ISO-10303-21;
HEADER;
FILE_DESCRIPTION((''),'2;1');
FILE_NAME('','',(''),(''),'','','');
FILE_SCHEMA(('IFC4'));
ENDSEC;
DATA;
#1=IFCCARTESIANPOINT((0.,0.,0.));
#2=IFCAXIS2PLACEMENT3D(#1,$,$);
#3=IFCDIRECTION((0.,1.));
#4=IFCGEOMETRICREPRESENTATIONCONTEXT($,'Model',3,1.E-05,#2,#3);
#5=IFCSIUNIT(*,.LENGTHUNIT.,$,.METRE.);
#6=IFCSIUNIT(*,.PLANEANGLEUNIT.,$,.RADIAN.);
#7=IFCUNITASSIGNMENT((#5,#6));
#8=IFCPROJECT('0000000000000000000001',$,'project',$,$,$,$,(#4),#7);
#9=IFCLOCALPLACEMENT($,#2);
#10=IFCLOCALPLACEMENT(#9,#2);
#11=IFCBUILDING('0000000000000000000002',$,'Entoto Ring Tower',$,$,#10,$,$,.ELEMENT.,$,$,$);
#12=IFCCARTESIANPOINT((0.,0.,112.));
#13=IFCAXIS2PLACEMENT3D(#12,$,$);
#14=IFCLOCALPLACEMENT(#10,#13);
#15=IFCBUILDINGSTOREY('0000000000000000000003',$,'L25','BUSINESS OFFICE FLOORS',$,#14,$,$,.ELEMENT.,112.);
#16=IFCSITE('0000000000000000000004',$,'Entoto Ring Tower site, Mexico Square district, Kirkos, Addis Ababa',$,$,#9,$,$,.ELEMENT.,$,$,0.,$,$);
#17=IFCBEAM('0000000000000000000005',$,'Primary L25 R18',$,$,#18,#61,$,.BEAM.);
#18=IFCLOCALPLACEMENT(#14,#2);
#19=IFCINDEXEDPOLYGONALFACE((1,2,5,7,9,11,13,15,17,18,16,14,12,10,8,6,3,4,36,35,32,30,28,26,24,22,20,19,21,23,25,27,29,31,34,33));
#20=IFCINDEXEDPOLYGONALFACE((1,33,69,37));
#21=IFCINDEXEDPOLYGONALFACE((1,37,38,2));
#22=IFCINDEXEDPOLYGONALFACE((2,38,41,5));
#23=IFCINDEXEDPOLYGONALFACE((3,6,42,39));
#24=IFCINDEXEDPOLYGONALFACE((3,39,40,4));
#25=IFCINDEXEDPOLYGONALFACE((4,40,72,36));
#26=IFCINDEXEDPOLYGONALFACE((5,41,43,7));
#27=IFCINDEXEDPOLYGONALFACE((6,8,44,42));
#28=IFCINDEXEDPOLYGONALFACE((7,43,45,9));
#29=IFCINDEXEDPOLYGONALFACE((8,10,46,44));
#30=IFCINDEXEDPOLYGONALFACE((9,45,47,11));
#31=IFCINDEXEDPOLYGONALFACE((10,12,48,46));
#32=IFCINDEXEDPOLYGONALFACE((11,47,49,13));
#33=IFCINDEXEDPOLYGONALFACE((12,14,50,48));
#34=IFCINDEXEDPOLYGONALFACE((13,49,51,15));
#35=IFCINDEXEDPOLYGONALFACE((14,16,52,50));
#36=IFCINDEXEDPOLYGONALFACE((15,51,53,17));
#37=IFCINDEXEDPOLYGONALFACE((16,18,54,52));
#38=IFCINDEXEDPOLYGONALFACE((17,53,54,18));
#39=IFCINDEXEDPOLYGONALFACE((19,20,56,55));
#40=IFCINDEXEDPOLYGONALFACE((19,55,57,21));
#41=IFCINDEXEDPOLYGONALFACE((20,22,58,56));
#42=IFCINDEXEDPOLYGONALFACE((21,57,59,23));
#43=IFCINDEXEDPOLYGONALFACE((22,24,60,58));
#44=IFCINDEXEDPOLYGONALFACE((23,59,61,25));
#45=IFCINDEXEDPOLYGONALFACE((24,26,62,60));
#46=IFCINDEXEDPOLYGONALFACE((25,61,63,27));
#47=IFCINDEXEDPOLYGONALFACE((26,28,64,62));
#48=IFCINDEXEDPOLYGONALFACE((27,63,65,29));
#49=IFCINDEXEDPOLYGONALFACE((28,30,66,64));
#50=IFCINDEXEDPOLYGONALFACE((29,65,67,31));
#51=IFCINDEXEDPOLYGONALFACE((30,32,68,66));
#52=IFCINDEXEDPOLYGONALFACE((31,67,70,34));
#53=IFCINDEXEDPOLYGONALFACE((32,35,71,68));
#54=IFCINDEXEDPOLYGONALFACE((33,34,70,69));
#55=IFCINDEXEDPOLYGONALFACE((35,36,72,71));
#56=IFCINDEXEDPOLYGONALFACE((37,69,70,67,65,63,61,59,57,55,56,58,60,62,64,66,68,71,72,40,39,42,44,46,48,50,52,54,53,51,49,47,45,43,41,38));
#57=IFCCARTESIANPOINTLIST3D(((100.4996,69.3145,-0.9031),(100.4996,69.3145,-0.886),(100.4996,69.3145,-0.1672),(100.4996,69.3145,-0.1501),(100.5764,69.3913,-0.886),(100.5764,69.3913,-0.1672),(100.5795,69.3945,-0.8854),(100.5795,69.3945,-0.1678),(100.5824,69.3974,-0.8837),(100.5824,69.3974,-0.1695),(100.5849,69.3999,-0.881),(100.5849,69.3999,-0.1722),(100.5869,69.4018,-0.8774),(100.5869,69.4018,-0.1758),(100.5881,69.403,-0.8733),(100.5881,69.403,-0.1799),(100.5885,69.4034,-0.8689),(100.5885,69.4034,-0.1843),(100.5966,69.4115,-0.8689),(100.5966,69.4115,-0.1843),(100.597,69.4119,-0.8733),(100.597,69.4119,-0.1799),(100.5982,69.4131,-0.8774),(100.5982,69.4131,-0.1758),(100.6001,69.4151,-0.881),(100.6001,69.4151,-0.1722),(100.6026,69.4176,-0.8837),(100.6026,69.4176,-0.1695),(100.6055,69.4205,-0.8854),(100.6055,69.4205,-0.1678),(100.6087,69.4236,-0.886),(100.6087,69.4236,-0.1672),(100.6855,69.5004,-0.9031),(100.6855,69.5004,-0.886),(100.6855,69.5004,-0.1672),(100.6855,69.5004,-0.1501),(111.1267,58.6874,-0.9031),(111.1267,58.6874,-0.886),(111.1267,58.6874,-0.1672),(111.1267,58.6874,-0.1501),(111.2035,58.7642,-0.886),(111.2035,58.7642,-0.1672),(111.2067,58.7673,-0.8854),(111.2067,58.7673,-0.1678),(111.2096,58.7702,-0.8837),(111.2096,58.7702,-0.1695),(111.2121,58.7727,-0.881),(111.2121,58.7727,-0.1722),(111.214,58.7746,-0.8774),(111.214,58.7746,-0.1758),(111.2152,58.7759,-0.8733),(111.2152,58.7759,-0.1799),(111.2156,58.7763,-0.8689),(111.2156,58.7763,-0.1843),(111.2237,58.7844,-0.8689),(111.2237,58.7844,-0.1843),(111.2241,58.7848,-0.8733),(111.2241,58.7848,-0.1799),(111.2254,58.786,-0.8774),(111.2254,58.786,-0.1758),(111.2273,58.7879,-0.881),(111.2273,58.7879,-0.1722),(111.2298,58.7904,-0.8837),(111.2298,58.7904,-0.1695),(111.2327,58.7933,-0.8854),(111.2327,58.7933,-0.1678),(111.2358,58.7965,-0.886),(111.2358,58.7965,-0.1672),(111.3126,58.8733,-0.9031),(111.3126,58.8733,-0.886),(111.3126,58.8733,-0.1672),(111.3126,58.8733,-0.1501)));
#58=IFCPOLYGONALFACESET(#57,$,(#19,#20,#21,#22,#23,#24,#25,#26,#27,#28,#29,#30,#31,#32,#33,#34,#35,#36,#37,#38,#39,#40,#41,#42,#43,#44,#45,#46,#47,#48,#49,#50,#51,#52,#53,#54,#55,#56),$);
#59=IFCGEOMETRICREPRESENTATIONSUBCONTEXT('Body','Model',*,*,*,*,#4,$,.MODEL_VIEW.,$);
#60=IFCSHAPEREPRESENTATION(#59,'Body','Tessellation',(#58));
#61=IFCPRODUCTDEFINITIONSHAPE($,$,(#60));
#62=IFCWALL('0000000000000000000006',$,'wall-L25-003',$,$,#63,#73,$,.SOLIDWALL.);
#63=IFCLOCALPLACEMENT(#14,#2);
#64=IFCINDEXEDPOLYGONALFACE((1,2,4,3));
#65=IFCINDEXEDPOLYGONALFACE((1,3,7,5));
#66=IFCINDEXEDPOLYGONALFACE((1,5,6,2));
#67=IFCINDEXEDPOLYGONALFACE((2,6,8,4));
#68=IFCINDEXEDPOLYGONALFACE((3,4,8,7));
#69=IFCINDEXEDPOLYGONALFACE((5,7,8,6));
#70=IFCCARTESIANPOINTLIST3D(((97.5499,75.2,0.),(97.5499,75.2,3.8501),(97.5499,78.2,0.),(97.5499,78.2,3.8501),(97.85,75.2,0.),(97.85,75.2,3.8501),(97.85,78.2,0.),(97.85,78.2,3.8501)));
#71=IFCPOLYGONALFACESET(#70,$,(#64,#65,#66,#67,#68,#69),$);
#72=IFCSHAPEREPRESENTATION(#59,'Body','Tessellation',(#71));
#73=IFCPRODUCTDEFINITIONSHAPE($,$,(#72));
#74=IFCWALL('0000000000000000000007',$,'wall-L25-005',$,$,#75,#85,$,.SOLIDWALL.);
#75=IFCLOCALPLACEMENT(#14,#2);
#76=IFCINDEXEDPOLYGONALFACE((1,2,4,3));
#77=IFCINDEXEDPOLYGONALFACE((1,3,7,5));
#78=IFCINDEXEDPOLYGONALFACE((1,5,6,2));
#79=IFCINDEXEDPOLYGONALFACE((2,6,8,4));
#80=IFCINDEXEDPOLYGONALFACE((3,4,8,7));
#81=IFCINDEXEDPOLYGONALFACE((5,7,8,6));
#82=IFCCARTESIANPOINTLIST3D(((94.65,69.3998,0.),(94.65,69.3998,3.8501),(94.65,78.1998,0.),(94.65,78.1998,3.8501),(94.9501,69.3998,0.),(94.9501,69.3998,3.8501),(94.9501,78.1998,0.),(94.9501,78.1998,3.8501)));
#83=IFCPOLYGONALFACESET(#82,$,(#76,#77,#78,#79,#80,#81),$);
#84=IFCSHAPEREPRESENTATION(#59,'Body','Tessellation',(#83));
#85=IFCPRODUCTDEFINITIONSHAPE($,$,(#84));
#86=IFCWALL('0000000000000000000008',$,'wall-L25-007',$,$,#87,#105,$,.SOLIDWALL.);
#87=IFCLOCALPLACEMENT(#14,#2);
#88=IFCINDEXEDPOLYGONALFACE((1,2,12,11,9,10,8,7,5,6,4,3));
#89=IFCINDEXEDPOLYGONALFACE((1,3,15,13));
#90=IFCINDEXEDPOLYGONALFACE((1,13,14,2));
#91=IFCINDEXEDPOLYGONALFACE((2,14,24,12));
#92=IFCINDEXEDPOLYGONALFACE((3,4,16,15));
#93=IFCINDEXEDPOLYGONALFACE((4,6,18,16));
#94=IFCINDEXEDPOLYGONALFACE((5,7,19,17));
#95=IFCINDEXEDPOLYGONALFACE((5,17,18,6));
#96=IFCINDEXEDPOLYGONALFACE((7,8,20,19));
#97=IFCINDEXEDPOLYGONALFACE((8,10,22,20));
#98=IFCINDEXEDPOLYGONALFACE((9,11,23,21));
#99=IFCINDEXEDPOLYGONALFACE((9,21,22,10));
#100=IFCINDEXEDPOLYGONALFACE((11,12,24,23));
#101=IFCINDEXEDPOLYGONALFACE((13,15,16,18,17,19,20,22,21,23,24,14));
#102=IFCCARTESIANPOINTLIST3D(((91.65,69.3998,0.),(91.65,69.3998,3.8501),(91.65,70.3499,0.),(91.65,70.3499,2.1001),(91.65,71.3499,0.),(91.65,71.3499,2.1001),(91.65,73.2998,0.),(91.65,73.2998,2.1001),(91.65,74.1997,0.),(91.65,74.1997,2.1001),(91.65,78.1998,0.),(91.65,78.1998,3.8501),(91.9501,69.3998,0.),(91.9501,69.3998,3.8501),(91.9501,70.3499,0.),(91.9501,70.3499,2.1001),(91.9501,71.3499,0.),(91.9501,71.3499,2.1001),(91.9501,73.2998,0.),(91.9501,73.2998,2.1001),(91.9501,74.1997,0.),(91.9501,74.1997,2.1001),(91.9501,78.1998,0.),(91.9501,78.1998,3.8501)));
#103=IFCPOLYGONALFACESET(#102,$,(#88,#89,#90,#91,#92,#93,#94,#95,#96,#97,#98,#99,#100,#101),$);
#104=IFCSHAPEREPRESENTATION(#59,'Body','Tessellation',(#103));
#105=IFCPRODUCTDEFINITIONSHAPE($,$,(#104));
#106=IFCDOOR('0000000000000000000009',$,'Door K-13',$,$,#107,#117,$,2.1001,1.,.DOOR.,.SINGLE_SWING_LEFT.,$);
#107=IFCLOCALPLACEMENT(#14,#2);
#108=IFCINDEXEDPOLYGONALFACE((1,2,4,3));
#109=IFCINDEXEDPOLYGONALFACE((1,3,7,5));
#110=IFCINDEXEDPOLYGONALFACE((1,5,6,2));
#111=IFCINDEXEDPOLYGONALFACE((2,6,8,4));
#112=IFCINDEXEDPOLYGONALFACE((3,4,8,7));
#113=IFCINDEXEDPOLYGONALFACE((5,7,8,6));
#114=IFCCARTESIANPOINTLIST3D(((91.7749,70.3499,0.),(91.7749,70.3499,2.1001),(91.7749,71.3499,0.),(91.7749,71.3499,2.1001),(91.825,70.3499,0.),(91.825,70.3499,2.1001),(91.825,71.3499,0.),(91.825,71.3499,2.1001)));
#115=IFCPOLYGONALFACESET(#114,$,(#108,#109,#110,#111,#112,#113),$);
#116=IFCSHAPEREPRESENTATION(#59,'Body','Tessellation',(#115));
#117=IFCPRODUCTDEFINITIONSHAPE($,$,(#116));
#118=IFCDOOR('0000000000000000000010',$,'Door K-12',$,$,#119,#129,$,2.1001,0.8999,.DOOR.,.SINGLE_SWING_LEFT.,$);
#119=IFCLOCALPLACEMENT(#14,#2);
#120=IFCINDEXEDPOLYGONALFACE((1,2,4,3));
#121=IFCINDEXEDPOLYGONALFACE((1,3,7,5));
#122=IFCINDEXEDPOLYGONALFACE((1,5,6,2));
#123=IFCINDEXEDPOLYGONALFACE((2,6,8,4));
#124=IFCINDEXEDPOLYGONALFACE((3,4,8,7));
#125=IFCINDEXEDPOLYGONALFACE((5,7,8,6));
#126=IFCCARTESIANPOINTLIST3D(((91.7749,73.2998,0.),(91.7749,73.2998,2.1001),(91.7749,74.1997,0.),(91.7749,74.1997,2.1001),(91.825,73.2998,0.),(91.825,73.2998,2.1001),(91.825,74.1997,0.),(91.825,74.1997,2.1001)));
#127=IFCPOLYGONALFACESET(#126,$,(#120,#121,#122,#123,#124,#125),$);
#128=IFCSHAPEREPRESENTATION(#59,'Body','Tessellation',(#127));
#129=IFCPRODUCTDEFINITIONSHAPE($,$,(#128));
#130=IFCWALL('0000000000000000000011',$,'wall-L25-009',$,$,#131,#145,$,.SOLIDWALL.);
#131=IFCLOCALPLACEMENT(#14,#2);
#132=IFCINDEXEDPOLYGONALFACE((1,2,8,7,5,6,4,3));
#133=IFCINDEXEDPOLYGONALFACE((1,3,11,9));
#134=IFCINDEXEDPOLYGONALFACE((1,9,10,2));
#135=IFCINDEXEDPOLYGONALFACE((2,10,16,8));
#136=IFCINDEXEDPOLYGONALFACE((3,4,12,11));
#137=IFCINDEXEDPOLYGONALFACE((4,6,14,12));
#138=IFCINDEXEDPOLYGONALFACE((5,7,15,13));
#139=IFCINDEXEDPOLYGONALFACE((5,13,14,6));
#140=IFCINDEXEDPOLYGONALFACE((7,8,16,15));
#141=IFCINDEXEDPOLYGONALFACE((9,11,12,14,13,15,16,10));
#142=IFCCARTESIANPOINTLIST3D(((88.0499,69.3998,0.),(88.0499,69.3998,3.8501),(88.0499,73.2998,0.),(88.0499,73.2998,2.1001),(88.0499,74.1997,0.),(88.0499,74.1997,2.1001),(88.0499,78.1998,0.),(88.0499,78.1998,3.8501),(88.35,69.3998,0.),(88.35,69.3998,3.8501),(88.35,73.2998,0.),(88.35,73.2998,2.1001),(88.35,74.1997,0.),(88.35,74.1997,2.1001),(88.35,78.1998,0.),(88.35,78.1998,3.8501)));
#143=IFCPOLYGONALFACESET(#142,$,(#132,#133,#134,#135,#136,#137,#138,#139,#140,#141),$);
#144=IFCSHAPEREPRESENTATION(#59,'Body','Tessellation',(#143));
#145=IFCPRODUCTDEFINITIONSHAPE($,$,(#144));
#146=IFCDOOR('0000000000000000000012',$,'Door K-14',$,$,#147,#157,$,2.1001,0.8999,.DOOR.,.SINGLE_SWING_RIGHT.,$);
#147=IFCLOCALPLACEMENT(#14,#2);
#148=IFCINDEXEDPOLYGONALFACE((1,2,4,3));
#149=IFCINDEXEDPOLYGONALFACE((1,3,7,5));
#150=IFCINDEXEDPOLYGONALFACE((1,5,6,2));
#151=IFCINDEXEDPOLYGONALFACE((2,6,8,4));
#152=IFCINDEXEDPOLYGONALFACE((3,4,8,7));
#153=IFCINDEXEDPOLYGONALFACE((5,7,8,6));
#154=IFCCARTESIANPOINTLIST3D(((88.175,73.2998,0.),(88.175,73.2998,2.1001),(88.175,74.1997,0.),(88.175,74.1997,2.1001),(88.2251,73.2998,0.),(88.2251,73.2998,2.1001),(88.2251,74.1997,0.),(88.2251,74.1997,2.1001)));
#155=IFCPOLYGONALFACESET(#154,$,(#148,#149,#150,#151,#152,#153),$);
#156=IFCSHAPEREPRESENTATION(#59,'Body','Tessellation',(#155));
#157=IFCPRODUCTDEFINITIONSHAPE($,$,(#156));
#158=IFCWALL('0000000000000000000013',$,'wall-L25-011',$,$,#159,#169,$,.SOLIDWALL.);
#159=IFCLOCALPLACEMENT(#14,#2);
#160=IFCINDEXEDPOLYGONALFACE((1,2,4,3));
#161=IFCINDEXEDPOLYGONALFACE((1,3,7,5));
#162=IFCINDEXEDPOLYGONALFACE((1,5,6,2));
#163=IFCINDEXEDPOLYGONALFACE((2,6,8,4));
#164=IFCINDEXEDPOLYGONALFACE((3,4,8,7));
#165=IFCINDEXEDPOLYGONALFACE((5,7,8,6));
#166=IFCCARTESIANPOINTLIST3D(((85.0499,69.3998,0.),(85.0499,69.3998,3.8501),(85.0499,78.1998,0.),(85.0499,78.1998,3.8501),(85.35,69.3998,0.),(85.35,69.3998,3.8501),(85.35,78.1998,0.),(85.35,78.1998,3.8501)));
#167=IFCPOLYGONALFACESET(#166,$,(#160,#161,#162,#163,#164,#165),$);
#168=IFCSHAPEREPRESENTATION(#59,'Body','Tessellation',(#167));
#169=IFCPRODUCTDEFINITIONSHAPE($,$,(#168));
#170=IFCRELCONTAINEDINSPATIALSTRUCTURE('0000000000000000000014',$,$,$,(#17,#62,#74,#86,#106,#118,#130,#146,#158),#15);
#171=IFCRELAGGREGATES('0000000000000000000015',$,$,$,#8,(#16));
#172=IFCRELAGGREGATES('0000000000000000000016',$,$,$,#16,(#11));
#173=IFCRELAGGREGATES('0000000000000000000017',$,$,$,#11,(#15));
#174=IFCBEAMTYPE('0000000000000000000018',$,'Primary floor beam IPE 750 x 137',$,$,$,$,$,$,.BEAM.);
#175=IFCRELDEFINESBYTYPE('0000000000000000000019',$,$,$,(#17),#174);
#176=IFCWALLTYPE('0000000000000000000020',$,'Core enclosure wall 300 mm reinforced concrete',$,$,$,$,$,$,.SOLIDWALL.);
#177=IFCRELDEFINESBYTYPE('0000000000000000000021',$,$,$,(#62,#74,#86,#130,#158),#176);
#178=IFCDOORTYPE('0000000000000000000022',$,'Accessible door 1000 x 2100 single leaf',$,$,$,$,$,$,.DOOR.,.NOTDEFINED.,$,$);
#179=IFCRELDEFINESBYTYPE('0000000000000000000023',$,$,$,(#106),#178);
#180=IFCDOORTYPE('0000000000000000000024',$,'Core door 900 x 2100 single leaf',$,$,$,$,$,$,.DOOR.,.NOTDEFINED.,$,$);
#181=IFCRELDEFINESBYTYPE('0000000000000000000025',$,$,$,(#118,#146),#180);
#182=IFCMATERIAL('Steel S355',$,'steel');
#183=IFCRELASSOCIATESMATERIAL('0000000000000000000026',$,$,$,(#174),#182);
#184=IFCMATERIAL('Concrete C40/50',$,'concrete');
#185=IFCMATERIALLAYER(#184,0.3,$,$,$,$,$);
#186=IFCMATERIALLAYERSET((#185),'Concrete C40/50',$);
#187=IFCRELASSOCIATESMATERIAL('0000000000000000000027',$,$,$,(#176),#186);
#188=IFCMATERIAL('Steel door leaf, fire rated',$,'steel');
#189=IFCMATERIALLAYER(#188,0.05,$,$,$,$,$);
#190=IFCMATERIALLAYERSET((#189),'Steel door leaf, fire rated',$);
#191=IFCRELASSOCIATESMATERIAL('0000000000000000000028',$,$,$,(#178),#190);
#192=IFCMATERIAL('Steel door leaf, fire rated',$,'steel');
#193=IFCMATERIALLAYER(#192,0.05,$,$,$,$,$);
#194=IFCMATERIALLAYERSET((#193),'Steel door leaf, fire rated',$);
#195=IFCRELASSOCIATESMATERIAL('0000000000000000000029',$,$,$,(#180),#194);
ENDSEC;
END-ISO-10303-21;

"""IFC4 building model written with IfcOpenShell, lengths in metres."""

from ifc_helpers import new_model, si_unit, direction, frame, frame_2d, origin, origin_2d, place, context, subcontext, project, spatial, rectangle, i_section, extrude, material, layer, layer_set, material_profile, profile_set, type_object, element, fill, save


model = new_model("IFC4")

# Units and contexts
model_context = context("Model", 3, precision=1e-05, world=origin(), true_north=direction((0.0, 1.0)))
body_context = subcontext(model_context, "Body", "Model", "MODEL_VIEW")
ifc_project = project(units=[si_unit("LENGTHUNIT", "METRE"), si_unit("PLANEANGLEUNIT", "RADIAN")], contexts=[model_context])

# Site, building, storey
site_placement = place(None, origin())
site = spatial("IfcSite", under=ifc_project, at=site_placement, Name="Entoto Ring Tower site, Mexico Square district, Kirkos, Addis Ababa", CompositionType="ELEMENT", RefElevation=0.0)
building_placement = place(site_placement, origin())
building = spatial("IfcBuilding", under=site, at=building_placement, Name="Entoto Ring Tower", CompositionType="ELEMENT")
storey_placement = place(building_placement, frame((0.0, 0.0, 112.0)))
storey = spatial("IfcBuildingStorey", under=building, at=storey_placement, Name="L25", Description="BUSINESS OFFICE FLOORS", CompositionType="ELEMENT", Elevation=112.0)

# Beam
ifc_material_1 = material(Name="Steel S355", Category="steel")
ifc_material_profile = material_profile(ifc_material_1, i_section(OverallWidth=0.2629, OverallDepth=0.7529, WebThickness=0.0115, FlangeThickness=0.0171, FilletRadius=0.0171, at=origin_2d()), Name="IPE 750 x 137")
ifc_profile_set = profile_set([ifc_material_profile], Name="Steel S355")
beam_type = type_object("IfcBeamType", Name="Primary floor beam IPE 750 x 137", PredefinedType="BEAM", material=ifc_profile_set)
beam_placement = place(storey_placement, frame((100.5925, 69.4075, -0.5266), z_axis=(0.707107, -0.707107, 0.0), x_axis=(0.707107, 0.707107, 0.0)))
element("IfcBeam", 1, at=beam_placement, inside=storey, type_object=beam_type, Name="Primary L25 R18", PredefinedType="BEAM", context=body_context, shape_type="SweptSolid", body=[
    extrude(i_section(OverallWidth=0.2629, OverallDepth=0.7529, WebThickness=0.0115, FlangeThickness=0.0171, FilletRadius=0.0171, at=origin_2d()), origin(), (0.0, 0.0, 1.0), 15.0291),
])

# Walls
ifc_material_2 = material(Name="Concrete C40/50", Category="concrete")
ifc_layer_1 = layer(ifc_material_2, 0.3)
ifc_layer_set_1 = layer_set([ifc_layer_1], Name="Concrete C40/50")
wall_type = type_object("IfcWallType", Name="Core enclosure wall 300 mm reinforced concrete", PredefinedType="SOLIDWALL", material=ifc_layer_set_1)
wall_1_placement = place(storey_placement, frame((97.7, 75.2, 0.0), z_axis=(0.0, 0.0, 1.0), x_axis=(0.0, 1.0, 0.0)))
element("IfcWall", 2, at=wall_1_placement, inside=storey, type_object=wall_type, Name="wall-L25-003", PredefinedType="SOLIDWALL", context=body_context, shape_type="SweptSolid", body=[
    extrude(rectangle(XDim=3.0, YDim=0.3, at=frame_2d((1.5, 0.0))), origin(), (0.0, 0.0, 1.0), 3.8501),
])
wall_2_placement = place(storey_placement, frame((94.8, 69.3999, 0.0), z_axis=(0.0, 0.0, 1.0), x_axis=(0.0, 1.0, 0.0)))
element("IfcWall", 3, at=wall_2_placement, inside=storey, type_object=wall_type, Name="wall-L25-005", PredefinedType="SOLIDWALL", context=body_context, shape_type="SweptSolid", body=[
    extrude(rectangle(XDim=8.8, YDim=0.3, at=frame_2d((4.3999, 0.0))), origin(), (0.0, 0.0, 1.0), 3.8501),
])

# Wall, openings, doors
wall_3_placement = place(storey_placement, frame((91.8, 69.3999, 0.0), z_axis=(0.0, 0.0, 1.0), x_axis=(0.0, 1.0, 0.0)))
wall_3 = element("IfcWall", 4, at=wall_3_placement, inside=storey, type_object=wall_type, Name="wall-L25-007", PredefinedType="SOLIDWALL", context=body_context, shape_type="SweptSolid", body=[
    extrude(rectangle(XDim=8.8, YDim=0.3, at=frame_2d((4.3999, 0.0))), origin(), (0.0, 0.0, 1.0), 3.8501),
])
opening_1_placement = place(wall_3_placement, frame((3.8999, 0.0, 0.0)))
opening_1 = element("IfcOpeningElement", 5, at=opening_1_placement, cuts=wall_3, PredefinedType="OPENING", context=body_context, shape_type="SweptSolid", body=[
    extrude(rectangle(XDim=0.8999, YDim=2.1001, at=frame_2d((0.45, 1.05))), frame((0.0, 0.1602, 0.0), z_axis=(0.0, -1.0, 0.0), x_axis=(1.0, 0.0, 0.0)), (0.0, 0.0, 1.0), 0.3201),
])
opening_2_placement = place(wall_3_placement, frame((0.95, 0.0, 0.0)))
opening_2 = element("IfcOpeningElement", 6, at=opening_2_placement, cuts=wall_3, PredefinedType="OPENING", context=body_context, shape_type="SweptSolid", body=[
    extrude(rectangle(XDim=1.0, YDim=2.1001, at=frame_2d((0.5, 1.05))), frame((0.0, 0.1602, 0.0), z_axis=(0.0, -1.0, 0.0), x_axis=(1.0, 0.0, 0.0)), (0.0, 0.0, 1.0), 0.3201),
])
ifc_material_3 = material(Name="Steel door leaf, fire rated", Category="steel")
ifc_layer_2 = layer(ifc_material_3, 0.05)
ifc_layer_set_2 = layer_set([ifc_layer_2], Name="Steel door leaf, fire rated")
door_type_1 = type_object("IfcDoorType", Name="Accessible door 1000 x 2100 single leaf", OperationType="NOTDEFINED", PredefinedType="DOOR", material=ifc_layer_set_2)
door_1_placement = place(opening_2_placement, frame((1.0, 0.0, 0.0), z_axis=(0.0, 0.0, 1.0), x_axis=(-1.0, 0.0, 0.0)))
door_1 = element("IfcDoor", 7, at=door_1_placement, inside=storey, type_object=door_type_1, Name="Door K-13", OperationType="SINGLE_SWING_LEFT", OverallHeight=2.1001, OverallWidth=1.0, PredefinedType="DOOR", context=body_context, shape_type="SweptSolid", body=[
    extrude(rectangle(XDim=1.0, YDim=2.1001, at=frame_2d((0.5, 1.05))), frame((0.0, 0.0249, 0.0), z_axis=(0.0, -1.0, 0.0), x_axis=(1.0, 0.0, 0.0)), (0.0, 0.0, 1.0), 0.05),
])
fill(opening_2, door_1)
ifc_material_4 = material(Name="Steel door leaf, fire rated", Category="steel")
ifc_layer_3 = layer(ifc_material_4, 0.05)
ifc_layer_set_3 = layer_set([ifc_layer_3], Name="Steel door leaf, fire rated")
door_type_2 = type_object("IfcDoorType", Name="Core door 900 x 2100 single leaf", OperationType="NOTDEFINED", PredefinedType="DOOR", material=ifc_layer_set_3)
door_2_placement = place(opening_1_placement, frame((0.8999, 0.0, 0.0), z_axis=(0.0, 0.0, 1.0), x_axis=(-1.0, 0.0, 0.0)))
door_2 = element("IfcDoor", 8, at=door_2_placement, inside=storey, type_object=door_type_2, Name="Door K-12", OperationType="SINGLE_SWING_LEFT", OverallHeight=2.1001, OverallWidth=0.8999, PredefinedType="DOOR", context=body_context, shape_type="SweptSolid", body=[
    extrude(rectangle(XDim=0.8999, YDim=2.1001, at=frame_2d((0.45, 1.05))), frame((0.0, 0.0249, 0.0), z_axis=(0.0, -1.0, 0.0), x_axis=(1.0, 0.0, 0.0)), (0.0, 0.0, 1.0), 0.05),
])
fill(opening_1, door_2)

# Wall, opening, door
wall_4_placement = place(storey_placement, frame((88.2, 69.3999, 0.0), z_axis=(0.0, 0.0, 1.0), x_axis=(0.0, 1.0, 0.0)))
wall_4 = element("IfcWall", 9, at=wall_4_placement, inside=storey, type_object=wall_type, Name="wall-L25-009", PredefinedType="SOLIDWALL", context=body_context, shape_type="SweptSolid", body=[
    extrude(rectangle(XDim=8.8, YDim=0.3, at=frame_2d((4.3999, 0.0))), origin(), (0.0, 0.0, 1.0), 3.8501),
])
opening_3_placement = place(wall_4_placement, frame((3.8999, 0.0, 0.0)))
opening_3 = element("IfcOpeningElement", 10, at=opening_3_placement, cuts=wall_4, PredefinedType="OPENING", context=body_context, shape_type="SweptSolid", body=[
    extrude(rectangle(XDim=0.8999, YDim=2.1001, at=frame_2d((0.45, 1.05))), frame((0.0, 0.1602, 0.0), z_axis=(0.0, -1.0, 0.0), x_axis=(1.0, 0.0, 0.0)), (0.0, 0.0, 1.0), 0.3201),
])
door_3_placement = place(opening_3_placement, origin())
door_3 = element("IfcDoor", 11, at=door_3_placement, inside=storey, type_object=door_type_2, Name="Door K-14", OperationType="SINGLE_SWING_RIGHT", OverallHeight=2.1001, OverallWidth=0.8999, PredefinedType="DOOR", context=body_context, shape_type="SweptSolid", body=[
    extrude(rectangle(XDim=0.8999, YDim=2.1001, at=frame_2d((0.45, 1.05))), frame((0.0, 0.0249, 0.0), z_axis=(0.0, -1.0, 0.0), x_axis=(1.0, 0.0, 0.0)), (0.0, 0.0, 1.0), 0.05),
])
fill(opening_3, door_3)

# Wall
wall_5_placement = place(storey_placement, frame((85.2, 69.3999, 0.0), z_axis=(0.0, 0.0, 1.0), x_axis=(0.0, 1.0, 0.0)))
element("IfcWall", 12, at=wall_5_placement, inside=storey, type_object=wall_type, Name="wall-L25-011", PredefinedType="SOLIDWALL", context=body_context, shape_type="SweptSolid", body=[
    extrude(rectangle(XDim=8.8, YDim=0.3, at=frame_2d((4.3999, 0.0))), origin(), (0.0, 0.0, 1.0), 3.8501),
])

save(model, "model.ifc")
